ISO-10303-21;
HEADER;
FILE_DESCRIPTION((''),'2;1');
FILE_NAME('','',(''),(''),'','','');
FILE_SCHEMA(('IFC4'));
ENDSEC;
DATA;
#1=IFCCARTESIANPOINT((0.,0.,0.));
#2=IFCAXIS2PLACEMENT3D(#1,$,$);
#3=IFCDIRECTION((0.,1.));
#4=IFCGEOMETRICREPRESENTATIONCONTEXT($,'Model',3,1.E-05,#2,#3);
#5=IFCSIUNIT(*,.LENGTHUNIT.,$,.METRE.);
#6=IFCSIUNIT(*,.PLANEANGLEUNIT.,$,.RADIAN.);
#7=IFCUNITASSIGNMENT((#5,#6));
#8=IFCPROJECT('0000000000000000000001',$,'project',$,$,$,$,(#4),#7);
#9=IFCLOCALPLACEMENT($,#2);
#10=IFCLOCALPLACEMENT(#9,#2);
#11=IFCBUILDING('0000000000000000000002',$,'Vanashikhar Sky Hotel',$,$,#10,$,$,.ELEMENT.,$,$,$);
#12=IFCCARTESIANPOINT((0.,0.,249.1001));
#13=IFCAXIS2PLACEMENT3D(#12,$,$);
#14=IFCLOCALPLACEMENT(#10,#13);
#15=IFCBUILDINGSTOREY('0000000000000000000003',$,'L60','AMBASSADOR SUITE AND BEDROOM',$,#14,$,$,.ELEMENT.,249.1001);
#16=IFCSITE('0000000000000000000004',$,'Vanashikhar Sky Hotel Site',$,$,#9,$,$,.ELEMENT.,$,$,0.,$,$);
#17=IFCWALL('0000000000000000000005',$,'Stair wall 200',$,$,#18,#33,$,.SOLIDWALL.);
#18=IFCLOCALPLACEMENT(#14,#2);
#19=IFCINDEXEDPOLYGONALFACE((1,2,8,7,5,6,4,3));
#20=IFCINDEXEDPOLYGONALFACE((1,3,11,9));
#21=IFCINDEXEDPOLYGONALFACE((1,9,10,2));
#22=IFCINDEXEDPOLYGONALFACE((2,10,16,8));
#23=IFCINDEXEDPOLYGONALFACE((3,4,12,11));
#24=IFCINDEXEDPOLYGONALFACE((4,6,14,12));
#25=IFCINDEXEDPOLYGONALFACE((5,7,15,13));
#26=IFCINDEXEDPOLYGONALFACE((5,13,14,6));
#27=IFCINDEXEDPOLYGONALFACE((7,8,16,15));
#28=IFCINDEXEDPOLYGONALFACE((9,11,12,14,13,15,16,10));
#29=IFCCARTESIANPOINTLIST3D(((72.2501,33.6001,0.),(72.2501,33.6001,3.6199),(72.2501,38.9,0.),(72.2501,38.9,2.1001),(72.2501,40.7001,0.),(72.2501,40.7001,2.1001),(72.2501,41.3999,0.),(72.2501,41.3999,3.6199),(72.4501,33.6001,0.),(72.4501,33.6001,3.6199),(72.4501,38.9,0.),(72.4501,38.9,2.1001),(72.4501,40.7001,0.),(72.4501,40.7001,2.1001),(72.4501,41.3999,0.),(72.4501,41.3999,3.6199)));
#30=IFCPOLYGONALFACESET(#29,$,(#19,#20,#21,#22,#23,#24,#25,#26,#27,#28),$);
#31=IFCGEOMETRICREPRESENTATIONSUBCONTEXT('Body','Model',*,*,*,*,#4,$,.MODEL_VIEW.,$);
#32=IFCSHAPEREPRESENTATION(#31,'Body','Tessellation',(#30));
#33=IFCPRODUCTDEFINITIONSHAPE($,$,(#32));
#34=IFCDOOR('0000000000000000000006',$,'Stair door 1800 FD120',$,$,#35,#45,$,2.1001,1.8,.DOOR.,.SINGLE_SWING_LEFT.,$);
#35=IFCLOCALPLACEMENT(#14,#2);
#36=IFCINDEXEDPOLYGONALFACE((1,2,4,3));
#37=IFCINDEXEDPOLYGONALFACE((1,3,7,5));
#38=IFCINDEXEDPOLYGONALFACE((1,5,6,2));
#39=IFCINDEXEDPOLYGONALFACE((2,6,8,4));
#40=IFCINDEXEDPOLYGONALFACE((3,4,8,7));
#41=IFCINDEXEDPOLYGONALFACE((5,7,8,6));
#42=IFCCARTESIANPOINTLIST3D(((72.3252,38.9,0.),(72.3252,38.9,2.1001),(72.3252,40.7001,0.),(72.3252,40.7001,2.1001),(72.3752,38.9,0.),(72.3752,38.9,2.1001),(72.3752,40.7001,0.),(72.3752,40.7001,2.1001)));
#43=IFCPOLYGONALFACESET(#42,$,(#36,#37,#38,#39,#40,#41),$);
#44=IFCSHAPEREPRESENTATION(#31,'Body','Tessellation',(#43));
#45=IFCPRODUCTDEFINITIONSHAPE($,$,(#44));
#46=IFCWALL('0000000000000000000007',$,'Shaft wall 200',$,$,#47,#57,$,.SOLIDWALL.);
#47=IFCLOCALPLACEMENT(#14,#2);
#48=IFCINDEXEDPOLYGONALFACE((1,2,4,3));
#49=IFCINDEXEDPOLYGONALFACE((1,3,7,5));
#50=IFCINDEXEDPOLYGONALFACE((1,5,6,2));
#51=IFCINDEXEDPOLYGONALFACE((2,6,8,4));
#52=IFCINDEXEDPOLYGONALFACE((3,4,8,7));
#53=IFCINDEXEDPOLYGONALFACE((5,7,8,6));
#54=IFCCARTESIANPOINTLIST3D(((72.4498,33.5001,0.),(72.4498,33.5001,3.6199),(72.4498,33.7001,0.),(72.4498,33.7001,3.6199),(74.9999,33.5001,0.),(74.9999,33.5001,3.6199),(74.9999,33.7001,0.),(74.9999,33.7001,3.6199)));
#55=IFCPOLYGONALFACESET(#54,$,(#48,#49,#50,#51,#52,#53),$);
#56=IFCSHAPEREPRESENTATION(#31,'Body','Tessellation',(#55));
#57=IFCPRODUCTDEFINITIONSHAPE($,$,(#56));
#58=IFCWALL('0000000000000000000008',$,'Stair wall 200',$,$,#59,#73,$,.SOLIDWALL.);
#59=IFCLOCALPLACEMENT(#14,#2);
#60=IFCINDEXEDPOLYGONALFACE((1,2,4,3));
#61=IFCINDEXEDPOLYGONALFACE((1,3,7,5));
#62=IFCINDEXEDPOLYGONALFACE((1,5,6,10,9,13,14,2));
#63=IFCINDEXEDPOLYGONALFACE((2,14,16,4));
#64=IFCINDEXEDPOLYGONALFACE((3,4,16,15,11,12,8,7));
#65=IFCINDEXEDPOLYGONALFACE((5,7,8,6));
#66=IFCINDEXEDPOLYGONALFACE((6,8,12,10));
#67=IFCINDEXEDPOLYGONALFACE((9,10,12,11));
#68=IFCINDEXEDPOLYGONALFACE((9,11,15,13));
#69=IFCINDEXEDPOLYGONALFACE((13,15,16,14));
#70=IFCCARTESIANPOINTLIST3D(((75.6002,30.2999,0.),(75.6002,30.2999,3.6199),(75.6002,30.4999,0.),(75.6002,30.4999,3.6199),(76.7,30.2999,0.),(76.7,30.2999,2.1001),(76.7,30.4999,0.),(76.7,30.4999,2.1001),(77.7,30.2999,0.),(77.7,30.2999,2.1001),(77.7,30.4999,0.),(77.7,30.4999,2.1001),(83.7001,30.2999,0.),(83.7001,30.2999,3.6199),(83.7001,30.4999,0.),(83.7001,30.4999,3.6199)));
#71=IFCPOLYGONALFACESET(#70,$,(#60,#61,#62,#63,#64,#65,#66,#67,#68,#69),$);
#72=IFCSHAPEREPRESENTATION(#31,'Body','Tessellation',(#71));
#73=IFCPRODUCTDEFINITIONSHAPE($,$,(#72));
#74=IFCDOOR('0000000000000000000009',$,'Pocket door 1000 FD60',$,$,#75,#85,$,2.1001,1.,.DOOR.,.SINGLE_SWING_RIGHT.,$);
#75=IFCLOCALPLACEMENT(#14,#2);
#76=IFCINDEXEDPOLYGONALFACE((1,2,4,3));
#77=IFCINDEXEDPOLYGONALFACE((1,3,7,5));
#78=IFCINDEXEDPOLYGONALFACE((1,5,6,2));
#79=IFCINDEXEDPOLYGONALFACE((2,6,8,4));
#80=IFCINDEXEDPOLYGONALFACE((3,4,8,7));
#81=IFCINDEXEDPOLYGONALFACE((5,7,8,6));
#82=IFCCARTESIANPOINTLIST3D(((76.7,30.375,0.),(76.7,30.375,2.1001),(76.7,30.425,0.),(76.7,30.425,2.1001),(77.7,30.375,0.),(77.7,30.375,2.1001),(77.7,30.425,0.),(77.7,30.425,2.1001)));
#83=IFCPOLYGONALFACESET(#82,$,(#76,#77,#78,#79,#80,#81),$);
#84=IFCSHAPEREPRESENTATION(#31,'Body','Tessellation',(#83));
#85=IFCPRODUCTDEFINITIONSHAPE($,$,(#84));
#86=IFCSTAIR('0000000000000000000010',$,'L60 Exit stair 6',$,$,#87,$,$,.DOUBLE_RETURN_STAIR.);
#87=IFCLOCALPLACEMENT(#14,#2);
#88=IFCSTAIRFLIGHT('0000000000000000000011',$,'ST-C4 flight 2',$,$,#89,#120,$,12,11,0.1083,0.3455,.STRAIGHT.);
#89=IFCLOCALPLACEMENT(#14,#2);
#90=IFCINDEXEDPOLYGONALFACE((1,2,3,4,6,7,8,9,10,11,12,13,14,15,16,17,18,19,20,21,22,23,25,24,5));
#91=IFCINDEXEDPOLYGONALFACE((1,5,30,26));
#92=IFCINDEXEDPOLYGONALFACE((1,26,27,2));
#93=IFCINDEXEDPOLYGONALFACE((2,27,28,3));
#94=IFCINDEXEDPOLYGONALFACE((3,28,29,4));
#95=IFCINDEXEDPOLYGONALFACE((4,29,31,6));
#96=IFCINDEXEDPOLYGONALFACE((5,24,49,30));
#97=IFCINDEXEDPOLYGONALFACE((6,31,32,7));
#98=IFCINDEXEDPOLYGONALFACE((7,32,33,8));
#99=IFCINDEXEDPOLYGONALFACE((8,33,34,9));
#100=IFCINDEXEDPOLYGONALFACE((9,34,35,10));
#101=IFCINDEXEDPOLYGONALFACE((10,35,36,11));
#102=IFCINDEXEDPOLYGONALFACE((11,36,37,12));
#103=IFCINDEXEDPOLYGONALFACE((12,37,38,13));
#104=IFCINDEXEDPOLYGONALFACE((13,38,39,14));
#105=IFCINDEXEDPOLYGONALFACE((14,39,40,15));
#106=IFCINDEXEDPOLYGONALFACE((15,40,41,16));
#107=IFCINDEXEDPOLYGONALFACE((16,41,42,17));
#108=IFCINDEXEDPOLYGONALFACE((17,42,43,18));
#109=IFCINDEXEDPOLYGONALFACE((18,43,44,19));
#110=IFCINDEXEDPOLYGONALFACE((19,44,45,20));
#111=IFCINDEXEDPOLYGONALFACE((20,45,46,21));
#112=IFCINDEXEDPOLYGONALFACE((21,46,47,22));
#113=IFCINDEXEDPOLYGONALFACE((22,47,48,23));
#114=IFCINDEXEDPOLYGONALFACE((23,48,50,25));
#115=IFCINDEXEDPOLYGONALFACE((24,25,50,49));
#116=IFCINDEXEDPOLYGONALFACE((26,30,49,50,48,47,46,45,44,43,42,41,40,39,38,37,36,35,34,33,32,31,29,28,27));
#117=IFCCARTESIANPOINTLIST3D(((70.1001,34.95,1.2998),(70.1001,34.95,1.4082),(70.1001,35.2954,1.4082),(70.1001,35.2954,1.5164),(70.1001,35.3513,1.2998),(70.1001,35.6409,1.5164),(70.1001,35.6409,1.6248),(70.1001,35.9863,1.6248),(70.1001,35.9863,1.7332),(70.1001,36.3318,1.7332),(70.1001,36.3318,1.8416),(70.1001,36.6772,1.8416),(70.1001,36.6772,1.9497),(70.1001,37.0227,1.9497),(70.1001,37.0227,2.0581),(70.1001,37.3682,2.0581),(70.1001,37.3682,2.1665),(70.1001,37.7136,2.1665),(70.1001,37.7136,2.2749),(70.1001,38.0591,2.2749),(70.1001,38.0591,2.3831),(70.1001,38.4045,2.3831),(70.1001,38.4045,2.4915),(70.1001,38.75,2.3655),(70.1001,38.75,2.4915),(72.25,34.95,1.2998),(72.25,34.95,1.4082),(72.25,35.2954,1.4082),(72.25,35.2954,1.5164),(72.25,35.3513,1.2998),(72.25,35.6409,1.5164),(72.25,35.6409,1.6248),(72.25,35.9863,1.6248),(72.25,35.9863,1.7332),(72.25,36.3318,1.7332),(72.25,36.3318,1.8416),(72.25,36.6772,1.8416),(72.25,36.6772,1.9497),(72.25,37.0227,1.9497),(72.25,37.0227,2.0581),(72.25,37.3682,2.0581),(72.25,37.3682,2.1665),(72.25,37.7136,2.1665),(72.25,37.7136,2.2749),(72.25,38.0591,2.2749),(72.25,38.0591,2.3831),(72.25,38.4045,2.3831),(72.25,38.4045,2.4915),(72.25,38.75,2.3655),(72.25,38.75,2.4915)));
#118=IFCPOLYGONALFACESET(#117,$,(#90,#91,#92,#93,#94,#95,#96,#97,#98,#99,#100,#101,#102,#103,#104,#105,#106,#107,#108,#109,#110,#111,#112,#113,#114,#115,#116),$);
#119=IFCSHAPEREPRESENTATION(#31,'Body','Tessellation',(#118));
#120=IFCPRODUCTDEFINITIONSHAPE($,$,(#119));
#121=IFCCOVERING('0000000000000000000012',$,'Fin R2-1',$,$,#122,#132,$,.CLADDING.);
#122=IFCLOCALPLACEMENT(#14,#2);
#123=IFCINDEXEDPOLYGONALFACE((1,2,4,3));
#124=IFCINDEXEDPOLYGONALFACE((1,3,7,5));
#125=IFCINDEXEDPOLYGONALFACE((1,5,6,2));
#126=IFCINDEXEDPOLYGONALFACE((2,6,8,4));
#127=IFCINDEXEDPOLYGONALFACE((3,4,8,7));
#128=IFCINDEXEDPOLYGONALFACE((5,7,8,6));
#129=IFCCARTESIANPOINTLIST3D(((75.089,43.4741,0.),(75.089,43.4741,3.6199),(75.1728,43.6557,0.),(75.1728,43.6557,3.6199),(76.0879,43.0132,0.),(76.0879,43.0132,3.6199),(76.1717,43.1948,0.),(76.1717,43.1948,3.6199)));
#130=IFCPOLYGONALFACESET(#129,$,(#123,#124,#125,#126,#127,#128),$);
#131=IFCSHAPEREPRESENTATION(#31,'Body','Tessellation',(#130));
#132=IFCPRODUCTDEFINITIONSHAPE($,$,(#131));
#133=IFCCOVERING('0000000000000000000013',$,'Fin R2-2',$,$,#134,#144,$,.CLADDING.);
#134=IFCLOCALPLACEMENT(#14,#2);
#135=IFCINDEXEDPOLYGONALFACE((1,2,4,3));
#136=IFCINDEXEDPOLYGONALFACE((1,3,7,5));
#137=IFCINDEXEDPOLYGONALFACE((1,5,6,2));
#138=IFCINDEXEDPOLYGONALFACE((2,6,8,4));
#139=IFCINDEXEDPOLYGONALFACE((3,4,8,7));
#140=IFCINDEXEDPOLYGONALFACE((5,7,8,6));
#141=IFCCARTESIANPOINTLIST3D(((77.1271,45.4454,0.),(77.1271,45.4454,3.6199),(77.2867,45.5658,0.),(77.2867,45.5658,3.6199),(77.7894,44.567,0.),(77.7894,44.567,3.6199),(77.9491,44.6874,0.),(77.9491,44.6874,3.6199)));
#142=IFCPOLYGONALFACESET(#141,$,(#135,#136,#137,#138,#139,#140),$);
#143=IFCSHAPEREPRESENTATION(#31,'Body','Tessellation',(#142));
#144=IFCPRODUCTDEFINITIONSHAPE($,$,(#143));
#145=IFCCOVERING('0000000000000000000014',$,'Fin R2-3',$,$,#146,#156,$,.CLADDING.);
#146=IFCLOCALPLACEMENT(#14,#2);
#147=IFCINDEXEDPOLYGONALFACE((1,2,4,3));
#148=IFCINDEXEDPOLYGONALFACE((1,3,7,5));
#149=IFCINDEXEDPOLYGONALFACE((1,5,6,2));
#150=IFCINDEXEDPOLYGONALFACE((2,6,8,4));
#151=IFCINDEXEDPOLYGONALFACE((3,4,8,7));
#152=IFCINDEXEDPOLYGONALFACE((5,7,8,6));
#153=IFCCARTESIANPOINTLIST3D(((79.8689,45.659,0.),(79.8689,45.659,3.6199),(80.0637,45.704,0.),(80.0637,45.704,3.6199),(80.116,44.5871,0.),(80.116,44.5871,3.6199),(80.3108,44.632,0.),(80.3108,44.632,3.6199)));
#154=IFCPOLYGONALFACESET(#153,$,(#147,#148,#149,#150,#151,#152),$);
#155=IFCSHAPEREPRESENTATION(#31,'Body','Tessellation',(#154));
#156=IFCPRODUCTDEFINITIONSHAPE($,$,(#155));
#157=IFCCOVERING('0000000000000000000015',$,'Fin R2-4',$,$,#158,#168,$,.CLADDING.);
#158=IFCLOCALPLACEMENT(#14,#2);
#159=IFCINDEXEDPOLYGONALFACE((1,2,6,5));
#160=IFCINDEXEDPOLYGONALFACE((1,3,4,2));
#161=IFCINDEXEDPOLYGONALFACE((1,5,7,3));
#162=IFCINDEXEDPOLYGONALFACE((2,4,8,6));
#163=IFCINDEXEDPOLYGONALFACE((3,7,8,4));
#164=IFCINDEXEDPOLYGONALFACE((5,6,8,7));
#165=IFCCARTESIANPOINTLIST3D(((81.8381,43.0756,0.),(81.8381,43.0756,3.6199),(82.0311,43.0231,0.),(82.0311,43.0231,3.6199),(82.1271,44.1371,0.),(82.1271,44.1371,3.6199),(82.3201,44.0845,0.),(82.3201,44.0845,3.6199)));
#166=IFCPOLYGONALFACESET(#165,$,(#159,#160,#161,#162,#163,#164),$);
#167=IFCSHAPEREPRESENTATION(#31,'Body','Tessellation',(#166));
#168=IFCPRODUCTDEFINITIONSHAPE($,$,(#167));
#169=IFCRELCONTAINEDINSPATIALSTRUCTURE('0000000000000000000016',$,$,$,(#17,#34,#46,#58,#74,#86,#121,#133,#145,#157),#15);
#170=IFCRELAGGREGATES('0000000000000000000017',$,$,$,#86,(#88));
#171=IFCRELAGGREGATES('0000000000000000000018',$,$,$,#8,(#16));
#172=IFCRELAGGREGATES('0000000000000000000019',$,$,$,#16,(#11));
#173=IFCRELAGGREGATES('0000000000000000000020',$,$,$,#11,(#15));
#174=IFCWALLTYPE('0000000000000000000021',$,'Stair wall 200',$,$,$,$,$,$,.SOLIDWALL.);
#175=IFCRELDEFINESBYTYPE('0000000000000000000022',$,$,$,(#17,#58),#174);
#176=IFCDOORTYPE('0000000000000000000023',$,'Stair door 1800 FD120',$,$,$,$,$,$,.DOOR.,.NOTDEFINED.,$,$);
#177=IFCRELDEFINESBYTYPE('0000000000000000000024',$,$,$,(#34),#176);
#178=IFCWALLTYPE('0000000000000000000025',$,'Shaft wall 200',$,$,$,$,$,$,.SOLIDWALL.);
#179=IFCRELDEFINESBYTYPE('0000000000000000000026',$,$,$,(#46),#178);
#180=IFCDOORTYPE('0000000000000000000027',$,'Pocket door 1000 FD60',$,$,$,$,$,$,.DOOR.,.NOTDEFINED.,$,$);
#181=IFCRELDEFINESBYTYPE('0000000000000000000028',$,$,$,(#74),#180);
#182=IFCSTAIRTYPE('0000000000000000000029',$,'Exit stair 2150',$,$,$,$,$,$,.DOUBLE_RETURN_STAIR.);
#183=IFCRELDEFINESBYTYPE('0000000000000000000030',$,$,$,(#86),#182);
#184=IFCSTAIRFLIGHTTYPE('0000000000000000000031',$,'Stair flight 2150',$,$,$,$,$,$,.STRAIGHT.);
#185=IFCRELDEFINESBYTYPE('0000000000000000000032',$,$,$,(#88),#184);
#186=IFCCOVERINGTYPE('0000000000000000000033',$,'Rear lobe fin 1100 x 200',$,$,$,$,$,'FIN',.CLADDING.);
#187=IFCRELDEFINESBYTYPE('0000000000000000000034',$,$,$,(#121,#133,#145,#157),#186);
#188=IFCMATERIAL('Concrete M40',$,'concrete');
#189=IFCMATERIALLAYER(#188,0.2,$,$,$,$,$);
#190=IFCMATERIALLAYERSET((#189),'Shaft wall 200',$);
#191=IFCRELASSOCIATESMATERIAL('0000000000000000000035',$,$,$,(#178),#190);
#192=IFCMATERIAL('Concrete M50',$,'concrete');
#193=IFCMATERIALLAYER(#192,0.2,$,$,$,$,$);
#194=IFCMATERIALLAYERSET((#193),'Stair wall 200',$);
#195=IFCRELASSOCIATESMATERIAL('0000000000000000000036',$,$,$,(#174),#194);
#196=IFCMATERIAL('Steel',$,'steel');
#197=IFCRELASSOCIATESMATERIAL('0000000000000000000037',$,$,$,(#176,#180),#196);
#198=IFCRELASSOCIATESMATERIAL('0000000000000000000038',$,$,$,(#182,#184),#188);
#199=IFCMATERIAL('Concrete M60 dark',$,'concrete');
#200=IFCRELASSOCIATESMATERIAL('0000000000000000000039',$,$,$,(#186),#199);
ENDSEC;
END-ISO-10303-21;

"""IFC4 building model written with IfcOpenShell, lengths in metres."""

from ifc_helpers import new_model, si_unit, direction, frame, frame_2d, origin, origin_2d, place, context, subcontext, project, spatial, polyline, rectangle, outline, extrude, source, transform, mapped, material, layer, layer_set, material_profile, profile_set, type_object, element, fill, aggregate, save


model = new_model("IFC4")

# Units and contexts
model_context = context("Model", 3, precision=1e-05, world=origin(), true_north=direction((0.0, 1.0)))
body_context = subcontext(model_context, "Body", "Model", "MODEL_VIEW")
ifc_project = project(units=[si_unit("LENGTHUNIT", "METRE"), si_unit("PLANEANGLEUNIT", "RADIAN")], contexts=[model_context])

# Site, building, storey
site_placement = place(None, origin())
site = spatial("IfcSite", under=ifc_project, at=site_placement, Name="Vanashikhar Sky Hotel Site", CompositionType="ELEMENT", RefElevation=0.0)
building_placement = place(site_placement, origin())
building = spatial("IfcBuilding", under=site, at=building_placement, Name="Vanashikhar Sky Hotel", CompositionType="ELEMENT")
storey_placement = place(building_placement, frame((0.0, 0.0, 249.1001)))
storey = spatial("IfcBuildingStorey", under=building, at=storey_placement, Name="L60", Description="AMBASSADOR SUITE AND BEDROOM", CompositionType="ELEMENT", Elevation=249.1001)

# Shared definitions
ifc_material_1 = material(Name="Concrete M50", Category="concrete")

# Shared definitions
ifc_material_2 = material(Name="Concrete M40", Category="concrete")
ifc_layer_1 = layer(ifc_material_2, 0.2)
ifc_layer_set_1 = layer_set([ifc_layer_1], Name="Shaft wall 200")
wall_type_1 = type_object("IfcWallType", Name="Shaft wall 200", PredefinedType="SOLIDWALL", material=ifc_layer_set_1)

# Wall, opening, door
ifc_layer_2 = layer(ifc_material_1, 0.2)
ifc_layer_set_2 = layer_set([ifc_layer_2], Name="Stair wall 200")
wall_type_2 = type_object("IfcWallType", Name="Stair wall 200", PredefinedType="SOLIDWALL", material=ifc_layer_set_2)
shared_shape_1 = source(origin(), body_context, "Body", "SweptSolid", [
    extrude(rectangle(XDim=7.7998, YDim=0.2, at=frame_2d((3.8999, 0.0))), origin(), (0.0, 0.0, 1.0), 3.6199),
])
wall_1_placement = place(storey_placement, frame((72.3501, 33.6001, 0.0), z_axis=(0.0, 0.0, 1.0), x_axis=(0.0, 1.0, 0.0)))
wall_1 = element("IfcWall", 1, at=wall_1_placement, inside=storey, type_object=wall_type_2, Name="Stair wall 200", PredefinedType="SOLIDWALL", context=body_context, shape_type="MappedRepresentation", body=[
    mapped(shared_shape_1, transform((0.0, 0.0, 0.0), scale=1.0)),
])
shared_shape_2 = source(origin(), body_context, "Body", "SweptSolid", [
    extrude(rectangle(XDim=1.8, YDim=2.1001, at=frame_2d((0.8999, 1.05))), frame((0.0, 0.1099, 0.0), z_axis=(0.0, -1.0, 0.0), x_axis=(1.0, 0.0, 0.0)), (0.0, 0.0, 1.0), 0.22),
])
opening_1_placement = place(wall_1_placement, frame((5.3, 0.0, 0.0)))
opening_1 = element("IfcOpeningElement", 2, at=opening_1_placement, cuts=wall_1, PredefinedType="OPENING", context=body_context, shape_type="MappedRepresentation", body=[
    mapped(shared_shape_2, transform((0.0, 0.0, 0.0), scale=1.0)),
])
ifc_material_3 = material(Name="Steel", Category="steel")
door_type_1 = type_object("IfcDoorType", Name="Stair door 1800 FD120", OperationType="NOTDEFINED", PredefinedType="DOOR", material=ifc_material_3)
shared_shape_3 = source(origin(), body_context, "Body", "SweptSolid", [
    extrude(rectangle(XDim=1.8, YDim=2.1001, at=frame_2d((0.8999, 1.05))), frame((0.0, 0.0249, 0.0), z_axis=(0.0, -1.0, 0.0), x_axis=(1.0, 0.0, 0.0)), (0.0, 0.0, 1.0), 0.05),
])
door_1_placement = place(opening_1_placement, origin())
door_1 = element("IfcDoor", 3, at=door_1_placement, inside=storey, type_object=door_type_1, Name="Stair door 1800 FD120", OperationType="SINGLE_SWING_LEFT", OverallHeight=2.1001, OverallWidth=1.8, PredefinedType="DOOR", context=body_context, shape_type="MappedRepresentation", body=[
    mapped(shared_shape_3, transform((0.0, 0.0, 0.0), scale=1.0)),
])
fill(opening_1, door_1)

# Wall
shared_shape_4 = source(origin(), body_context, "Body", "SweptSolid", [
    extrude(rectangle(XDim=2.55, YDim=0.2, at=frame_2d((1.2749, 0.0))), origin(), (0.0, 0.0, 1.0), 3.6199),
])
wall_2_placement = place(storey_placement, frame((72.45, 33.6001, 0.0), z_axis=(0.0, 0.0, 1.0), x_axis=(1.0, 0.0, 0.0)))
element("IfcWall", 4, at=wall_2_placement, inside=storey, type_object=wall_type_1, Name="Shaft wall 200", PredefinedType="SOLIDWALL", context=body_context, shape_type="MappedRepresentation", body=[
    mapped(shared_shape_4, transform((0.0, 0.0, 0.0), scale=1.0)),
])

# Wall, opening, door
shared_shape_5 = source(origin(), body_context, "Body", "SweptSolid", [
    extrude(rectangle(XDim=8.0999, YDim=0.2, at=frame_2d((4.0498, 0.0))), origin(), (0.0, 0.0, 1.0), 3.6199),
])
wall_3_placement = place(storey_placement, frame((83.7, 30.3999, 0.0), z_axis=(0.0, 0.0, 1.0), x_axis=(-1.0, 0.0, 0.0)))
wall_3 = element("IfcWall", 5, at=wall_3_placement, inside=storey, type_object=wall_type_2, Name="Stair wall 200", PredefinedType="SOLIDWALL", context=body_context, shape_type="MappedRepresentation", body=[
    mapped(shared_shape_5, transform((0.0, 0.0, 0.0), scale=1.0)),
])
shared_shape_6 = source(origin(), body_context, "Body", "SweptSolid", [
    extrude(rectangle(XDim=1.0, YDim=2.1001, at=frame_2d((0.5, 1.05))), frame((0.0, 0.1099, 0.0), z_axis=(0.0, -1.0, 0.0), x_axis=(1.0, 0.0, 0.0)), (0.0, 0.0, 1.0), 0.22),
])
opening_2_placement = place(wall_3_placement, frame((6.0, 0.0, 0.0)))
opening_2 = element("IfcOpeningElement", 6, at=opening_2_placement, cuts=wall_3, PredefinedType="OPENING", context=body_context, shape_type="MappedRepresentation", body=[
    mapped(shared_shape_6, transform((0.0, 0.0, 0.0), scale=1.0)),
])
door_type_2 = type_object("IfcDoorType", Name="Pocket door 1000 FD60", OperationType="NOTDEFINED", PredefinedType="DOOR", material=ifc_material_3)
shared_shape_7 = source(origin(), body_context, "Body", "SweptSolid", [
    extrude(rectangle(XDim=1.0, YDim=2.1001, at=frame_2d((0.5, 1.05))), frame((0.0, 0.0249, 0.0), z_axis=(0.0, -1.0, 0.0), x_axis=(1.0, 0.0, 0.0)), (0.0, 0.0, 1.0), 0.05),
])
door_2_placement = place(opening_2_placement, origin())
door_2 = element("IfcDoor", 7, at=door_2_placement, inside=storey, type_object=door_type_2, Name="Pocket door 1000 FD60", OperationType="SINGLE_SWING_RIGHT", OverallHeight=2.1001, OverallWidth=1.0, PredefinedType="DOOR", context=body_context, shape_type="MappedRepresentation", body=[
    mapped(shared_shape_7, transform((0.0, 0.0, 0.0), scale=1.0)),
])
fill(opening_2, door_2)

# Stair, stair flight
stair_type = type_object("IfcStairType", Name="Exit stair 2150", PredefinedType="DOUBLE_RETURN_STAIR", material=ifc_material_2)
stair_placement = place(storey_placement, origin())
stair = element("IfcStair", 8, at=stair_placement, inside=storey, type_object=stair_type, Name="L60 Exit stair 6", PredefinedType="DOUBLE_RETURN_STAIR")
stair_flight_type = type_object("IfcStairFlightType", Name="Stair flight 2150", PredefinedType="STRAIGHT", material=ifc_material_2)
shared_shape_8 = source(origin(), body_context, "Body", "SweptSolid", [
    extrude(outline(polyline([(0.0, 0.0), (0.0, 0.1084), (0.3455, 0.1084), (0.3455, 0.2166), (0.6909, 0.2166), (0.6909, 0.325), (1.0364, 0.325), (1.0364, 0.4333), (1.3818, 0.4333), (1.3818, 0.5417), (1.7273, 0.5417), (1.7273, 0.6499), (2.0728, 0.6499), (2.0728, 0.7583), (2.4182, 0.7583), (2.4182, 0.8667), (2.7637, 0.8667), (2.7637, 0.9751), (3.1091, 0.9751), (3.1091, 1.0833), (3.4546, 1.0833), (3.4546, 1.1917), (3.8, 1.1917), (3.8, 1.3), (3.8, 1.0657), (0.4014, 0.0), (0.0, 0.0)])), frame((0.0, 1.075, 0.0), z_axis=(0.0, -1.0, 0.0), x_axis=(1.0, 0.0, 0.0)), (0.0, 0.0, 1.0), 2.1499),
])
stair_flight_placement = place(storey_placement, frame((71.175, 34.95, 1.2998), z_axis=(0.0, 0.0, 1.0), x_axis=(0.0, 1.0, 0.0)))
stair_flight = element("IfcStairFlight", 9, at=stair_flight_placement, type_object=stair_flight_type, Name="ST-C4 flight 2", NumberOfRisers=12, NumberOfTreads=11, PredefinedType="STRAIGHT", RiserHeight=0.1083, TreadLength=0.3455, context=body_context, shape_type="MappedRepresentation", body=[
    mapped(shared_shape_8, transform((0.0, 0.0, 0.0), scale=1.0)),
])
aggregate(stair, [stair_flight])

# Coverings
ifc_material_4 = material(Name="Concrete M60 dark", Category="concrete")
ifc_material_profile = material_profile(ifc_material_4, rectangle(XDim=1.1001, YDim=0.2, at=origin_2d()))
ifc_profile_set = profile_set([ifc_material_profile], Name="Rear lobe fin 1100 x 200")
covering_type = type_object("IfcCoveringType", Name="Rear lobe fin 1100 x 200", ElementType="FIN", PredefinedType="CLADDING", material=ifc_profile_set)
shared_shape_9 = source(origin(), body_context, "Body", "SweptSolid", [
    extrude(rectangle(XDim=1.1001, YDim=0.2, at=origin_2d()), origin(), (0.0, 0.0, 1.0), 3.6199),
])
for number, where, z_axis, x_axis, name in (
    (10, (75.6304, 43.3345, 0.0), (0.0, 0.0, 1.0), (-0.908004, 0.418961, 0.0), "Fin R2-1"),
    (11, (77.5381, 45.0664, 0.0), (0.0, 0.0, 1.0), (-0.602066, 0.798446, 0.0), "Fin R2-2"),
    (12, (80.0898, 45.1455, 0.0), (0.0, 0.0, 1.0), (-0.224645, 0.974441, 0.0), "Fin R2-3"),
    (13, (82.0791, 43.5801, 0.0), (0.0, 0.0, 1.0), (0.262711, 0.964874, 0.0), "Fin R2-4"),
):
    element("IfcCovering", number, at=place(storey_placement, frame(where, z_axis=z_axis, x_axis=x_axis)), inside=storey, type_object=covering_type, Name=name, PredefinedType="CLADDING", context=body_context, shape_type="MappedRepresentation", body=[
        mapped(shared_shape_9, transform((0.0, 0.0, 0.0), scale=1.0)),
    ])

save(model, "model.ifc")
